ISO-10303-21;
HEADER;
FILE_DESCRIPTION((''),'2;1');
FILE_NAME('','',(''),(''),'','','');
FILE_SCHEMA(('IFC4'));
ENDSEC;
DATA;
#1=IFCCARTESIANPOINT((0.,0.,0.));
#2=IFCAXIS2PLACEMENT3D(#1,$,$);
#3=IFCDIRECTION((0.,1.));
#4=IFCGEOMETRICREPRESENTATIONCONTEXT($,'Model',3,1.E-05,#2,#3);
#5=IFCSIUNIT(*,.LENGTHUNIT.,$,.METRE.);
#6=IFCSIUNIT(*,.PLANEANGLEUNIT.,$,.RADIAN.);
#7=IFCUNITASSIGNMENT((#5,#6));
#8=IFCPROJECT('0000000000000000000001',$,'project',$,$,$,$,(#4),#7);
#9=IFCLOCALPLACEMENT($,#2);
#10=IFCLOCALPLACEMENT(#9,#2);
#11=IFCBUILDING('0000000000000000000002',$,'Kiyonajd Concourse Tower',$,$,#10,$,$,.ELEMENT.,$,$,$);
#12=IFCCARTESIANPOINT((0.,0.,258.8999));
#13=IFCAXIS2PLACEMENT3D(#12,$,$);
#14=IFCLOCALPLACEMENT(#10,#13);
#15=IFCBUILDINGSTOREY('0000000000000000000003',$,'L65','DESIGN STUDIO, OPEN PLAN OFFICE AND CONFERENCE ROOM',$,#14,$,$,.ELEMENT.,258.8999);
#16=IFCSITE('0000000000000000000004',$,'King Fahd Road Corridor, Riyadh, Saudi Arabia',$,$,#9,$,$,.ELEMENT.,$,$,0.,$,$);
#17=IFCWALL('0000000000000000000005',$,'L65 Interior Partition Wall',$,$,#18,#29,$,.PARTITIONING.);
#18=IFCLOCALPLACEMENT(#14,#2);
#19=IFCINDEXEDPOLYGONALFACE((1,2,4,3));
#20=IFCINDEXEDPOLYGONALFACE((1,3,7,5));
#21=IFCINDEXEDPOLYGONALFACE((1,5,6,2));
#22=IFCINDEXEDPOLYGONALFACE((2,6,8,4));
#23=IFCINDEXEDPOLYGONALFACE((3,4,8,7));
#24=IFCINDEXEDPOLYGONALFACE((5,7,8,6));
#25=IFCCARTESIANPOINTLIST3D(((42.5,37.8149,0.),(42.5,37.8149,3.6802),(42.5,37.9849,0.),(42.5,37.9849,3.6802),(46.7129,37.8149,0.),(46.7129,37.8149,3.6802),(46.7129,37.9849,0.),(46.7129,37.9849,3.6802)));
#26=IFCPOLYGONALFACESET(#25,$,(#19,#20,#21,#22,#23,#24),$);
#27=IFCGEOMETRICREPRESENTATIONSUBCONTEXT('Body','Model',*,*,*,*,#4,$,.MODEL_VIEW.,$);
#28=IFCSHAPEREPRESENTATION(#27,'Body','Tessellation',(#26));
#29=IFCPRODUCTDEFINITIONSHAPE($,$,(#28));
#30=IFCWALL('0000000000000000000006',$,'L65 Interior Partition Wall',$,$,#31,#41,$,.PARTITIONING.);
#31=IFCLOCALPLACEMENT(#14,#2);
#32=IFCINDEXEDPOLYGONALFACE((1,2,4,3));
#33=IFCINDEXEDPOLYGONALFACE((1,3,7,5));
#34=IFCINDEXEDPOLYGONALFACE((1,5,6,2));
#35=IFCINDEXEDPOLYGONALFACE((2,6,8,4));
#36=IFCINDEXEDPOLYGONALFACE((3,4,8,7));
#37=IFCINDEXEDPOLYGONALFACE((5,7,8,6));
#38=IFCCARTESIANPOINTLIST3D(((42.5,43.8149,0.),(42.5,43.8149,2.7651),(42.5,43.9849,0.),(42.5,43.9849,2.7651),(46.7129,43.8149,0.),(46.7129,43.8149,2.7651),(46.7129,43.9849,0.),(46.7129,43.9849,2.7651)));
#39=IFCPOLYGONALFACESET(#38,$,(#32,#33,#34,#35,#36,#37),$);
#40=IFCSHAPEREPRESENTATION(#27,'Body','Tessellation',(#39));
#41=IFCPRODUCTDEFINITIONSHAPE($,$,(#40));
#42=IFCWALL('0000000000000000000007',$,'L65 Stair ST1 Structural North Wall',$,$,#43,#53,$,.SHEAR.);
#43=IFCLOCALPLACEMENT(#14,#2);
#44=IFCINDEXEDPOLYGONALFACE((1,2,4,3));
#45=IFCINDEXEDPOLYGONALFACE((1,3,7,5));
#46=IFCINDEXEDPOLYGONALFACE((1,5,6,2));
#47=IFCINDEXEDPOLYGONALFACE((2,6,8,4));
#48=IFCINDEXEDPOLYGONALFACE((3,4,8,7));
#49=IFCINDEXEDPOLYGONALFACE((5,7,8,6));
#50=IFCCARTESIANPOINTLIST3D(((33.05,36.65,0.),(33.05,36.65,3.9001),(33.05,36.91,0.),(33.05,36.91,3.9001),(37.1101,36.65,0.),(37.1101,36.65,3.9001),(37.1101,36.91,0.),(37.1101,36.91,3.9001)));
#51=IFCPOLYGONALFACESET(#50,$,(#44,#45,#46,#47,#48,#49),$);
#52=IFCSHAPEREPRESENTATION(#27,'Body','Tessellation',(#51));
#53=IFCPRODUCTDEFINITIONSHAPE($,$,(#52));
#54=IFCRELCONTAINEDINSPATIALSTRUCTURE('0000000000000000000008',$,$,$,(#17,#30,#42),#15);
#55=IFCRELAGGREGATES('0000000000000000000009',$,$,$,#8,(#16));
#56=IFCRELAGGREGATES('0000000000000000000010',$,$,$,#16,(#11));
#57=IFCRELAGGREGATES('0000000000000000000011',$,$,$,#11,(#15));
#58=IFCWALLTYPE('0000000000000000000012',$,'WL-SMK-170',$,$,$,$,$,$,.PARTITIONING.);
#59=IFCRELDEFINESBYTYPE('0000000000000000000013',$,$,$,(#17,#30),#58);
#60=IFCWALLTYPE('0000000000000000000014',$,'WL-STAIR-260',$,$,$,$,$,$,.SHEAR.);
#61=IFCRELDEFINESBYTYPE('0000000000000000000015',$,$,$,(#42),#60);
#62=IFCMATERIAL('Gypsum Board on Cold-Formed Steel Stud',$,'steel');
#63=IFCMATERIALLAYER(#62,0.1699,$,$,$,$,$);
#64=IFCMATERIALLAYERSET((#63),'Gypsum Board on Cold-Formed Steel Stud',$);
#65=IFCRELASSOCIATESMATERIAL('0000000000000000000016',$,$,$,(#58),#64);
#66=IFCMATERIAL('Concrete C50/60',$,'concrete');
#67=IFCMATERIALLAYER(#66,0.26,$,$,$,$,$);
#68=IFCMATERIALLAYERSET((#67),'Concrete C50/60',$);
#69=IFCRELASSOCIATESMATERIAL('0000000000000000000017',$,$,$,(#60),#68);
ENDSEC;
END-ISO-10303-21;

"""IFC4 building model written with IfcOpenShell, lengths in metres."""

from ifc_helpers import new_model, si_unit, direction, frame, frame_2d, origin, place, context, subcontext, project, spatial, rectangle, extrude, material, layer, layer_set, type_object, element, save


model = new_model("IFC4")

# Units and contexts
model_context = context("Model", 3, precision=1e-05, world=origin(), true_north=direction((0.0, 1.0)))
body_context = subcontext(model_context, "Body", "Model", "MODEL_VIEW")
ifc_project = project(units=[si_unit("LENGTHUNIT", "METRE"), si_unit("PLANEANGLEUNIT", "RADIAN")], contexts=[model_context])

# Site, building, storey
site_placement = place(None, origin())
site = spatial("IfcSite", under=ifc_project, at=site_placement, Name="King Fahd Road Corridor, Riyadh, Saudi Arabia", CompositionType="ELEMENT", RefElevation=0.0)
building_placement = place(site_placement, origin())
building = spatial("IfcBuilding", under=site, at=building_placement, Name="Kiyonajd Concourse Tower", CompositionType="ELEMENT")
storey_placement = place(building_placement, frame((0.0, 0.0, 258.8999)))
storey = spatial("IfcBuildingStorey", under=building, at=storey_placement, Name="L65", Description="DESIGN STUDIO, OPEN PLAN OFFICE AND CONFERENCE ROOM", CompositionType="ELEMENT", Elevation=258.8999)

# Shared definitions
ifc_material_1 = material(Name="Gypsum Board on Cold-Formed Steel Stud", Category="steel")

# Shared definitions
ifc_layer_1 = layer(ifc_material_1, 0.1699)
ifc_layer_set_1 = layer_set([ifc_layer_1], Name="Gypsum Board on Cold-Formed Steel Stud")
wall_type_1 = type_object("IfcWallType", Name="WL-SMK-170", PredefinedType="PARTITIONING", material=ifc_layer_set_1)

# Walls
wall_1_placement = place(storey_placement, frame((42.5, 37.8999, 0.0), z_axis=(0.0, 0.0, 1.0), x_axis=(1.0, 0.0, 0.0)))
element("IfcWall", 1, at=wall_1_placement, inside=storey, type_object=wall_type_1, Name="L65 Interior Partition Wall", PredefinedType="PARTITIONING", context=body_context, shape_type="SweptSolid", body=[
    extrude(rectangle(XDim=4.2129, YDim=0.1699, at=frame_2d((2.1064, 0.0))), origin(), (0.0, 0.0, 1.0), 3.6802),
])
wall_2_placement = place(storey_placement, frame((42.5, 43.8999, 0.0), z_axis=(0.0, 0.0, 1.0), x_axis=(1.0, 0.0, 0.0)))
element("IfcWall", 2, at=wall_2_placement, inside=storey, type_object=wall_type_1, Name="L65 Interior Partition Wall", PredefinedType="PARTITIONING", context=body_context, shape_type="SweptSolid", body=[
    extrude(rectangle(XDim=4.2129, YDim=0.1699, at=frame_2d((2.1064, 0.0))), origin(), (0.0, 0.0, 1.0), 2.7651),
])
ifc_material_2 = material(Name="Concrete C50/60", Category="concrete")
ifc_layer_2 = layer(ifc_material_2, 0.26)
ifc_layer_set_2 = layer_set([ifc_layer_2], Name="Concrete C50/60")
wall_type_2 = type_object("IfcWallType", Name="WL-STAIR-260", PredefinedType="SHEAR", material=ifc_layer_set_2)
wall_3_placement = place(storey_placement, frame((33.05, 36.78, 0.0), z_axis=(0.0, 0.0, 1.0), x_axis=(1.0, 0.0, 0.0)))
element("IfcWall", 3, at=wall_3_placement, inside=storey, type_object=wall_type_2, Name="L65 Stair ST1 Structural North Wall", PredefinedType="SHEAR", context=body_context, shape_type="SweptSolid", body=[
    extrude(rectangle(XDim=4.0601, YDim=0.26, at=frame_2d((2.03, 0.0))), origin(), (0.0, 0.0, 1.0), 3.9001),
])

save(model, "model.ifc")
